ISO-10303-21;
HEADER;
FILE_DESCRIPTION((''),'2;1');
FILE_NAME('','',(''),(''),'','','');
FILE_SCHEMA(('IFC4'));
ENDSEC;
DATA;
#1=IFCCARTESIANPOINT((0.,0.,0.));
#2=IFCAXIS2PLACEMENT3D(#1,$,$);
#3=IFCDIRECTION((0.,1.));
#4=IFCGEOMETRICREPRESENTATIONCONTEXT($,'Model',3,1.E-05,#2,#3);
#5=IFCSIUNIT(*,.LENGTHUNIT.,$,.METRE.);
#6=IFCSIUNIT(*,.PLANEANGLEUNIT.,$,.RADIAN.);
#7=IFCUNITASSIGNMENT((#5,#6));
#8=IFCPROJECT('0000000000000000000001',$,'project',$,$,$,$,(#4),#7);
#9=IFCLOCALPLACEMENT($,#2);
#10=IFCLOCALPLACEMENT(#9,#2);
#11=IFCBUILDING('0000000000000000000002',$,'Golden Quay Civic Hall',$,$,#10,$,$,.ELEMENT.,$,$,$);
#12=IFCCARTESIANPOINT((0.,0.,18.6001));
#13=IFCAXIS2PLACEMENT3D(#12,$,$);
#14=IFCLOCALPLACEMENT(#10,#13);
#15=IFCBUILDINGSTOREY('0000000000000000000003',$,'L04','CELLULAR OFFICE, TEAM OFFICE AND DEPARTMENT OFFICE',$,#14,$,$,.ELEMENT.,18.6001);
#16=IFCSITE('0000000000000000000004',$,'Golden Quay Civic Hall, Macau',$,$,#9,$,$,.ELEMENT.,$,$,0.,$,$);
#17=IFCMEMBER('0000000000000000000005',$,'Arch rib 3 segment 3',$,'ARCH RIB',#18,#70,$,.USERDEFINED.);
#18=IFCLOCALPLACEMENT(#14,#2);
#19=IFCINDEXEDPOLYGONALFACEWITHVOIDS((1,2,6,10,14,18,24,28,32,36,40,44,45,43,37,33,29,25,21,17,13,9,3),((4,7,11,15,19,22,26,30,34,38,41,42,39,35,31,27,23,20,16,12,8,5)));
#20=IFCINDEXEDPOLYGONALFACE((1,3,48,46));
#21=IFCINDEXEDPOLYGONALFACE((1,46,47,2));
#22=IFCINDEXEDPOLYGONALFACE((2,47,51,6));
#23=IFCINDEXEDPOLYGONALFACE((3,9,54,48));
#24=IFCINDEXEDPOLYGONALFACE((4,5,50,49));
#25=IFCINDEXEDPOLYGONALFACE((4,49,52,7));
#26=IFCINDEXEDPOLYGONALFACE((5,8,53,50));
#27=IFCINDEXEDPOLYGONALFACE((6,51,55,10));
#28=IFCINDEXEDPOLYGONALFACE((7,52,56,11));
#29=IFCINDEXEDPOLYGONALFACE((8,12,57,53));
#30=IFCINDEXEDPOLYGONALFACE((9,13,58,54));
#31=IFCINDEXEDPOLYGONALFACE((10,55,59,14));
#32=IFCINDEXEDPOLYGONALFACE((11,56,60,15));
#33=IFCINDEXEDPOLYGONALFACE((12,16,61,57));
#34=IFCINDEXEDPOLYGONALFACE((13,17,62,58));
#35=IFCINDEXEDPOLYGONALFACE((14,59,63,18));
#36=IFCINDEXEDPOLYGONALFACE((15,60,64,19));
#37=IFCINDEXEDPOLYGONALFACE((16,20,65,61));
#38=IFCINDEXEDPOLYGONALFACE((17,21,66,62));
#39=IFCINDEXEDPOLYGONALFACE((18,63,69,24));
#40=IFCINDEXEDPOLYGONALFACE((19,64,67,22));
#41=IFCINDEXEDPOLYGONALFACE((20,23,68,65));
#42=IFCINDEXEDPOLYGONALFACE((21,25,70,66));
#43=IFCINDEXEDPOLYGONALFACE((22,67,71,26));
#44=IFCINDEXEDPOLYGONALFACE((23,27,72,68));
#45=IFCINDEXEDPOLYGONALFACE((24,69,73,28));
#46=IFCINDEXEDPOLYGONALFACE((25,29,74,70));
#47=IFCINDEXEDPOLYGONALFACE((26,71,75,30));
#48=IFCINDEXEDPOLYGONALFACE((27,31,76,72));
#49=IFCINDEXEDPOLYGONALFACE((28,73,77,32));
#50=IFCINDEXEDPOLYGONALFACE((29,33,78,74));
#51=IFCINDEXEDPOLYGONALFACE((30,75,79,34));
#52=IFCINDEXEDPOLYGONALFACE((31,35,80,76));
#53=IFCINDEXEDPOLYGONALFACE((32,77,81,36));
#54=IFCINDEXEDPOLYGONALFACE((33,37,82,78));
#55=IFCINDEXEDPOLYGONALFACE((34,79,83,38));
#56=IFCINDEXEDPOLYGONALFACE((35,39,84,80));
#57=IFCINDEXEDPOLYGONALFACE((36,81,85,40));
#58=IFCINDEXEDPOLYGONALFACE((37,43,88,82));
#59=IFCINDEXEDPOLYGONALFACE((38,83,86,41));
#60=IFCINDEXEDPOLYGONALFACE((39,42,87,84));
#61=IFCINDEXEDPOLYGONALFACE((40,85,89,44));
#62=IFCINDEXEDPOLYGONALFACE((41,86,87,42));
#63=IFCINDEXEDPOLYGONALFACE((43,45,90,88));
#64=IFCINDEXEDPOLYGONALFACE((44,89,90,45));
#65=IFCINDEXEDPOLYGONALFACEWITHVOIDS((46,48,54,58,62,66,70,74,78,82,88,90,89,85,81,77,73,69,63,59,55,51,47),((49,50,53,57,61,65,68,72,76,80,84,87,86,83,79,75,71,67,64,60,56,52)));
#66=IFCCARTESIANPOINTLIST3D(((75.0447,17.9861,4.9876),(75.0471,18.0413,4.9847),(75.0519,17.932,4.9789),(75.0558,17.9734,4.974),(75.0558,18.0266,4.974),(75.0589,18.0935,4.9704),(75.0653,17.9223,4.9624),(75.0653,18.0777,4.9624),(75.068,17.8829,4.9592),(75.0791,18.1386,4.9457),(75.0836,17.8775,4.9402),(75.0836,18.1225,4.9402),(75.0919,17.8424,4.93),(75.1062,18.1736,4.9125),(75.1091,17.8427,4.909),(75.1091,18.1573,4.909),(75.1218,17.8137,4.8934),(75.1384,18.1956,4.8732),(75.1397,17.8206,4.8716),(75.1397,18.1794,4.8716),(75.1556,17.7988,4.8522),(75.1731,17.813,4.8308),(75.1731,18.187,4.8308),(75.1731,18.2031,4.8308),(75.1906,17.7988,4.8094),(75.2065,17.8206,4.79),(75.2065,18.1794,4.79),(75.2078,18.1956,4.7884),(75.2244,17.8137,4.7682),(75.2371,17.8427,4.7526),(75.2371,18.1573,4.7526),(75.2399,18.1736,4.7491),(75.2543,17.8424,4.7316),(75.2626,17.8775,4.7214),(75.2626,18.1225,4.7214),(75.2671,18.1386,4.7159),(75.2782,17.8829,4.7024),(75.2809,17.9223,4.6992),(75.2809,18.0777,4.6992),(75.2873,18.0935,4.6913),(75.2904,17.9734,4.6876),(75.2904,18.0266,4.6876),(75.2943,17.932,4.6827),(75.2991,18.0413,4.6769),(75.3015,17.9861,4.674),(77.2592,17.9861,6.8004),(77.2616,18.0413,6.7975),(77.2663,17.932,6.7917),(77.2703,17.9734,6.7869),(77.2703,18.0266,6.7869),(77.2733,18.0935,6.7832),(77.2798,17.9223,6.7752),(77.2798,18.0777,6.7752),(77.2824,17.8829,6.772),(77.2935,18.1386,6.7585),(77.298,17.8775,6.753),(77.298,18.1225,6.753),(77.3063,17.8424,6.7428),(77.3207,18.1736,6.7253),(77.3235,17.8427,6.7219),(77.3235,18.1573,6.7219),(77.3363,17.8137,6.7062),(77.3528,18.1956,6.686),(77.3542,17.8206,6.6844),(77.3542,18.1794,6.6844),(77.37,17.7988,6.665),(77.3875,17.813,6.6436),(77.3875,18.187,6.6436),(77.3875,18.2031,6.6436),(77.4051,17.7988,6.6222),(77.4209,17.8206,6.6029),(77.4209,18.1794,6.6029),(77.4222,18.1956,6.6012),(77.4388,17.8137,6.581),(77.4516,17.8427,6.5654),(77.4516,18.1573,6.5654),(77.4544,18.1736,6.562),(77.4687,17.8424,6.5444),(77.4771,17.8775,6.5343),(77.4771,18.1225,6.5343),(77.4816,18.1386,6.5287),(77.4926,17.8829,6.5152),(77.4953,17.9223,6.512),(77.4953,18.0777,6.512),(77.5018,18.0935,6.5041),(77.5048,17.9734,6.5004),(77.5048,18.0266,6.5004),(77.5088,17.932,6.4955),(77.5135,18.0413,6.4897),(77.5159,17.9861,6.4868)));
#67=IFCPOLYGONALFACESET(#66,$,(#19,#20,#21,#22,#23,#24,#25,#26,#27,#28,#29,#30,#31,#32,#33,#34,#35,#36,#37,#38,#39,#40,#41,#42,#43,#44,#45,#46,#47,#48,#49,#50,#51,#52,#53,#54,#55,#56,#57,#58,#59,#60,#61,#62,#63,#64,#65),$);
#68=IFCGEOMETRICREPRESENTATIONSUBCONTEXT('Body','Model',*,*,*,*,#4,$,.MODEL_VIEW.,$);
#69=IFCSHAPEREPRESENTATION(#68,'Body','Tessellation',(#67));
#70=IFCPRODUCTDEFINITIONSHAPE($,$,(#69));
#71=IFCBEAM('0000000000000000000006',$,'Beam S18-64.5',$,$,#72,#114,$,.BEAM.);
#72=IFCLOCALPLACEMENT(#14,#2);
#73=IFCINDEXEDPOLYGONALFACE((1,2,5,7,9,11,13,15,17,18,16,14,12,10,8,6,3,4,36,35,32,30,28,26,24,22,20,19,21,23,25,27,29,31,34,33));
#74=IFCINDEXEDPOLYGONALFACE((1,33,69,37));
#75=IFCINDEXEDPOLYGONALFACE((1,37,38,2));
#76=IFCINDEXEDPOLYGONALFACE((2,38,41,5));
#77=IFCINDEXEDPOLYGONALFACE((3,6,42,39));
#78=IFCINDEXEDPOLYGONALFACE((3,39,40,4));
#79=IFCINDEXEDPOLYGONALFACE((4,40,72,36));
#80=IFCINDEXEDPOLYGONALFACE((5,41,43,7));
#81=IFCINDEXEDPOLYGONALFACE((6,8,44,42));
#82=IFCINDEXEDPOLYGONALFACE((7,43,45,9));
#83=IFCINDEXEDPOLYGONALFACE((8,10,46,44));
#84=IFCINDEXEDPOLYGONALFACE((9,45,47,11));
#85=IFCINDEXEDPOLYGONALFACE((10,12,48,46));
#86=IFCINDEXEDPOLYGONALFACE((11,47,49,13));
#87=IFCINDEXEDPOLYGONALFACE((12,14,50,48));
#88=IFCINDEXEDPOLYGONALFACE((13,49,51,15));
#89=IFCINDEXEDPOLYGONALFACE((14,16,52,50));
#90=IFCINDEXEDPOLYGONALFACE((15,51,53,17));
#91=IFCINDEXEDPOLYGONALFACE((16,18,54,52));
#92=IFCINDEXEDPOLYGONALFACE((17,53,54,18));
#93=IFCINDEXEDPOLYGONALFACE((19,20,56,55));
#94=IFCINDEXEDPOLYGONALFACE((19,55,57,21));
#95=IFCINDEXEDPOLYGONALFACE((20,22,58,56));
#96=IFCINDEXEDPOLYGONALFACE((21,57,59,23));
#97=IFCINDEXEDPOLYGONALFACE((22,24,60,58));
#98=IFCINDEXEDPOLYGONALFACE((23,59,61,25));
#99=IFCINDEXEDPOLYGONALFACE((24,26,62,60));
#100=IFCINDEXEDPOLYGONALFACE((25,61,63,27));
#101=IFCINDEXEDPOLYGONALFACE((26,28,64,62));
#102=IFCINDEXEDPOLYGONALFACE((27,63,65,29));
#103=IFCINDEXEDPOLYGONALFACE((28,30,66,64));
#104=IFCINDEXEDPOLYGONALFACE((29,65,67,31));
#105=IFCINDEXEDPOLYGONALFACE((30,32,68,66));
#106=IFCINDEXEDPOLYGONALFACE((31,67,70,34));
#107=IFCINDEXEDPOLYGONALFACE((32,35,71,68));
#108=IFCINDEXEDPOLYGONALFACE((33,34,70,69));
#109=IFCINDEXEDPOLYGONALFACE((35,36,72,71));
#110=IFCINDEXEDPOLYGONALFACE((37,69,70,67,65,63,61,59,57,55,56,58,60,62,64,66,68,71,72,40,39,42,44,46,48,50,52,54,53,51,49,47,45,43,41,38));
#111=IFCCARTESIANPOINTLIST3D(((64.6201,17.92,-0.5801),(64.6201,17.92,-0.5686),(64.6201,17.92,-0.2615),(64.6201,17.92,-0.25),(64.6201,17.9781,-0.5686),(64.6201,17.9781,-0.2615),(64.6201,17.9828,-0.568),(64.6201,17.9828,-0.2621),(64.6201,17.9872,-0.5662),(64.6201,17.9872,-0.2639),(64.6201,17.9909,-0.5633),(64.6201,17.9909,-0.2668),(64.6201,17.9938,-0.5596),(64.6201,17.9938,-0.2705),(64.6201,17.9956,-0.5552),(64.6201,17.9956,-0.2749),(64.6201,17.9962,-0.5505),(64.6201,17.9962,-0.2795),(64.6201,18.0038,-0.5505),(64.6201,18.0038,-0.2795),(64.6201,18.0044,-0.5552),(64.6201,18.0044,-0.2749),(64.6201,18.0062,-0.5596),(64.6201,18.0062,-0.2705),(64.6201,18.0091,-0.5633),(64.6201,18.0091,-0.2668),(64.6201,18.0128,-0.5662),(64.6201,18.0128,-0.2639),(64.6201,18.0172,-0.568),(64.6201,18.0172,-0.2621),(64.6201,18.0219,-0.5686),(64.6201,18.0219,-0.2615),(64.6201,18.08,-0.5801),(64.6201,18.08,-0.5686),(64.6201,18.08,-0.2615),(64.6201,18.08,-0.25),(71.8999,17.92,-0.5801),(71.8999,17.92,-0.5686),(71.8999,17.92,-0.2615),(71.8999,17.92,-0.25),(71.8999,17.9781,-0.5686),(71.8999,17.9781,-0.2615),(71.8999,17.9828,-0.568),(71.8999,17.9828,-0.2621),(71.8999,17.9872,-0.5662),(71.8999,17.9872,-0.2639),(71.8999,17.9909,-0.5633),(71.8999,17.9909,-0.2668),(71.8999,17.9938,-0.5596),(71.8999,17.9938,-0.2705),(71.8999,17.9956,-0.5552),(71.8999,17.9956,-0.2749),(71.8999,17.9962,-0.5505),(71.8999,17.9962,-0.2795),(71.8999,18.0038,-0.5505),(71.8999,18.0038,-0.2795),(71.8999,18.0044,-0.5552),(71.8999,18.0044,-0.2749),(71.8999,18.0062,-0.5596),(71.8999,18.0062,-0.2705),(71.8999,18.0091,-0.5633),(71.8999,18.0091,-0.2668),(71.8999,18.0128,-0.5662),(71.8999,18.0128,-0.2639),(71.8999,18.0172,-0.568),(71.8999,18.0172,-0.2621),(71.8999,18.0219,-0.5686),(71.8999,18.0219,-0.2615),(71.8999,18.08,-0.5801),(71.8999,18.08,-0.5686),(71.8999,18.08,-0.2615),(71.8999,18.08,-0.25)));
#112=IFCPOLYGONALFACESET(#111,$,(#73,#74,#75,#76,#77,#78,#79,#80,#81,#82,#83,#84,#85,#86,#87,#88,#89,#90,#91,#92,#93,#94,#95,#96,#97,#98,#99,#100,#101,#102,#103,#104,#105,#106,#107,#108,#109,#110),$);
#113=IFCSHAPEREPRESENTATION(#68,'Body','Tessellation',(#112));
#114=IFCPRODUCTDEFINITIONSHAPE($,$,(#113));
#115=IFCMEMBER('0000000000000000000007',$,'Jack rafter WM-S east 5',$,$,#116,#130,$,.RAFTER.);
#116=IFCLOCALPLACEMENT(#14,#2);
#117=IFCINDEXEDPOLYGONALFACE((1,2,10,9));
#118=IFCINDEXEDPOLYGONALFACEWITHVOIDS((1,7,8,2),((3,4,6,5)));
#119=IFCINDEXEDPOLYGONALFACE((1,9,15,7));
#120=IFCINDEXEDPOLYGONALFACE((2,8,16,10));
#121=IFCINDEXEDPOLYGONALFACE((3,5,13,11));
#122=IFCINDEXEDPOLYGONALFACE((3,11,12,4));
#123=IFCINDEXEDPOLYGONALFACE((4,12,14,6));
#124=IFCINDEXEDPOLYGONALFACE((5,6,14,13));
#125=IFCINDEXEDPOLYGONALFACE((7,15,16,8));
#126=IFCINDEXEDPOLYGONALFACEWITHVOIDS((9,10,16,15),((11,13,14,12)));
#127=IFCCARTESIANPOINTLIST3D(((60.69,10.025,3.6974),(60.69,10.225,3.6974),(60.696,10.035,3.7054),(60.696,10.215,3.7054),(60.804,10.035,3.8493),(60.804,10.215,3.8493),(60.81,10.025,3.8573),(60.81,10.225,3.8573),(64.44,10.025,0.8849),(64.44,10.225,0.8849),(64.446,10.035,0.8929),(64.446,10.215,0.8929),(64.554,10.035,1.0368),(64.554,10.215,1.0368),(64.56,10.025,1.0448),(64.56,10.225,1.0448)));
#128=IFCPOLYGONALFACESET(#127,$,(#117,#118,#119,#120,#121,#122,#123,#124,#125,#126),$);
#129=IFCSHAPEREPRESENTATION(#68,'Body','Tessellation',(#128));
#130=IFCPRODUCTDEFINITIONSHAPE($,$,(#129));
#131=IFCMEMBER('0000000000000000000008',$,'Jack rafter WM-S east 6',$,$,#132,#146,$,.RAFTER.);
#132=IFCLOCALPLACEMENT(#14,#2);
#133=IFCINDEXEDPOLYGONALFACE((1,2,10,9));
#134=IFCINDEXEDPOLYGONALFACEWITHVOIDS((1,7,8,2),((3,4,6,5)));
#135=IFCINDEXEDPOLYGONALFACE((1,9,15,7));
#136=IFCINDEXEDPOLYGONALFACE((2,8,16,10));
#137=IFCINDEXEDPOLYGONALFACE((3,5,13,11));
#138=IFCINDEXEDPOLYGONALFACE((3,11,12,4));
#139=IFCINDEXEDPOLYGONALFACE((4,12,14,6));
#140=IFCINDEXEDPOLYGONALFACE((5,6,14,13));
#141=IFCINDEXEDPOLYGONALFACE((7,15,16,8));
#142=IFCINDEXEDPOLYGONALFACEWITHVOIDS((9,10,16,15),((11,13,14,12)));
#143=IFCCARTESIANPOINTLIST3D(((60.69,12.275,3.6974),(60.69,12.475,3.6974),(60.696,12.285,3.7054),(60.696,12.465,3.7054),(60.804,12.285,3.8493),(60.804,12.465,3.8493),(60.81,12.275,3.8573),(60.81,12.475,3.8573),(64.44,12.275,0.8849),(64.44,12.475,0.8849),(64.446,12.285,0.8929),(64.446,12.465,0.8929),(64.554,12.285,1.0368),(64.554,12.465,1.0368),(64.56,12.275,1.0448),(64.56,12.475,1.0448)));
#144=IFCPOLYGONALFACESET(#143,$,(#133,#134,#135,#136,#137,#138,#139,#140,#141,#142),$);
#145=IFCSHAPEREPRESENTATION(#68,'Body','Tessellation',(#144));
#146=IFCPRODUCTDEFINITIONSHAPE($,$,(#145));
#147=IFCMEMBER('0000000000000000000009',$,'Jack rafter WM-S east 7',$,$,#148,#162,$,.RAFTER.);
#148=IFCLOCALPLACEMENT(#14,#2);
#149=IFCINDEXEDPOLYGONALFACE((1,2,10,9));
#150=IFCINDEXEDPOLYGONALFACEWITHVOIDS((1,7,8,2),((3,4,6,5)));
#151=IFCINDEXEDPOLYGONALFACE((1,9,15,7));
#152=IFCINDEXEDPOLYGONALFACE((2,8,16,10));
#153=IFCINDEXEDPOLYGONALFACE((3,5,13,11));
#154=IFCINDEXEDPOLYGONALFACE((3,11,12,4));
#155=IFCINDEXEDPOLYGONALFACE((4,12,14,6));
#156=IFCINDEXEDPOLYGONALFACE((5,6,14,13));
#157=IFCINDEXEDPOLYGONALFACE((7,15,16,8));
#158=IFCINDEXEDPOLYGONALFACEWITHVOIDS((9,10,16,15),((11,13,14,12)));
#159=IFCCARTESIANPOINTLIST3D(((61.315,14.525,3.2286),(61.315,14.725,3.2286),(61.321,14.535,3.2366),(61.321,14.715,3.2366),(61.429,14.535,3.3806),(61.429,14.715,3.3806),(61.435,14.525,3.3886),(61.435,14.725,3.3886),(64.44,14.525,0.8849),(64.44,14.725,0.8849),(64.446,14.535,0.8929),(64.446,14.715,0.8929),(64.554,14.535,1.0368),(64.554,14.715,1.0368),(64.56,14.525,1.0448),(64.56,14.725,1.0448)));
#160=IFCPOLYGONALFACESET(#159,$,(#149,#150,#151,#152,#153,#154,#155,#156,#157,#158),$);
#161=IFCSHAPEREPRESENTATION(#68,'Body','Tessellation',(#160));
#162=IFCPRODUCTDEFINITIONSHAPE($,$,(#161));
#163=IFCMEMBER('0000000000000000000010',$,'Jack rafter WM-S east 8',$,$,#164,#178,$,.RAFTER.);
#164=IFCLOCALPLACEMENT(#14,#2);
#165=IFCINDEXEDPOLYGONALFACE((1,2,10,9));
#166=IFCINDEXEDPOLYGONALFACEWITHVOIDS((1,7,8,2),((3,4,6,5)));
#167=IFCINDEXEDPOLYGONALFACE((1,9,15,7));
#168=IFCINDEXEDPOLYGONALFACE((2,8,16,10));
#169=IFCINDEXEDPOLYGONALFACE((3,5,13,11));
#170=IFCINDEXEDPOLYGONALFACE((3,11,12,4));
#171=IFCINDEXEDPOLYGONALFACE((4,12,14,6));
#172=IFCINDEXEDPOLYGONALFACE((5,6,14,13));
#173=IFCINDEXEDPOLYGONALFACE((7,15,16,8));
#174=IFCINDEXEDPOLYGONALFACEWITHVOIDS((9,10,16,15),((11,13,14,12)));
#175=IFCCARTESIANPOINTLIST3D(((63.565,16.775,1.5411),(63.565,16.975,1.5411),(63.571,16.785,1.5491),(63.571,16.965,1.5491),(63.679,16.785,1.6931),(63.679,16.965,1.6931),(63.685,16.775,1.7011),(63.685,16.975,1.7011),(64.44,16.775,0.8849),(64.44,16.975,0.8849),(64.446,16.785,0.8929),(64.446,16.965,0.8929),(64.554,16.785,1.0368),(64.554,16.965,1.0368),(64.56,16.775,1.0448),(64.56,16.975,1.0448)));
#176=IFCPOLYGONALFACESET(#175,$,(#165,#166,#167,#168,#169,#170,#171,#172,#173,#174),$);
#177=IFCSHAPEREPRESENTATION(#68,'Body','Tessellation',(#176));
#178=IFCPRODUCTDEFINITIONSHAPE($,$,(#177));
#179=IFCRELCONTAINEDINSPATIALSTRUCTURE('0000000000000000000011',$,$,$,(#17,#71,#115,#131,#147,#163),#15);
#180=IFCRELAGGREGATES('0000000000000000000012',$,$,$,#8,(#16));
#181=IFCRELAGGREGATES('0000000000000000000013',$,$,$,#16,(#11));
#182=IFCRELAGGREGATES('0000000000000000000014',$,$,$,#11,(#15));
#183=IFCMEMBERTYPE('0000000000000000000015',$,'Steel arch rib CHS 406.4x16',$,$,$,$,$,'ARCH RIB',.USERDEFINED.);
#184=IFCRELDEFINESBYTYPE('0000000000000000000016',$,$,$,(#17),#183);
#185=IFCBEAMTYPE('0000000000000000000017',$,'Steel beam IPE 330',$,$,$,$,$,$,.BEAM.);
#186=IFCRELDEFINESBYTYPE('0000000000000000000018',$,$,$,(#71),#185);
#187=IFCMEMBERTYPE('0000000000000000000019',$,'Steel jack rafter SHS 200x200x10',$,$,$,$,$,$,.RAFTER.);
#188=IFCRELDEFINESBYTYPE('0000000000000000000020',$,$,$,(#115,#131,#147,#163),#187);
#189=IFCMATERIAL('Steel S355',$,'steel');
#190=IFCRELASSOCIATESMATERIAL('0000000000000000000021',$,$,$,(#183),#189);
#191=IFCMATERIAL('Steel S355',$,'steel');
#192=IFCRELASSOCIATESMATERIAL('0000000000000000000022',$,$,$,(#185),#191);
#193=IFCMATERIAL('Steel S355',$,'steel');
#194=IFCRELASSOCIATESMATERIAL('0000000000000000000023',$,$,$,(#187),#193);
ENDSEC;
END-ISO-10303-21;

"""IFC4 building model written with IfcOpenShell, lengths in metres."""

from ifc_helpers import new_model, si_unit, direction, frame, origin, origin_2d, place, context, subcontext, project, spatial, hollow_rectangle, hollow_circle, i_section, extrude, material, material_profile, profile_set, type_object, element, save


model = new_model("IFC4")

# Units and contexts
model_context = context("Model", 3, precision=1e-05, world=origin(), true_north=direction((0.0, 1.0)))
body_context = subcontext(model_context, "Body", "Model", "MODEL_VIEW")
ifc_project = project(units=[si_unit("LENGTHUNIT", "METRE"), si_unit("PLANEANGLEUNIT", "RADIAN")], contexts=[model_context])

# Site, building, storey
site_placement = place(None, origin())
site = spatial("IfcSite", under=ifc_project, at=site_placement, Name="Golden Quay Civic Hall, Macau", CompositionType="ELEMENT", RefElevation=0.0)
building_placement = place(site_placement, origin())
building = spatial("IfcBuilding", under=site, at=building_placement, Name="Golden Quay Civic Hall", CompositionType="ELEMENT")
storey_placement = place(building_placement, frame((0.0, 0.0, 18.6001)))
storey = spatial("IfcBuildingStorey", under=building, at=storey_placement, Name="L04", Description="CELLULAR OFFICE, TEAM OFFICE AND DEPARTMENT OFFICE", CompositionType="ELEMENT", Elevation=18.6001)

# Member
ifc_material_1 = material(Name="Steel S355", Category="steel")
ifc_material_profile_1 = material_profile(ifc_material_1, hollow_circle(Radius=0.2031, WallThickness=0.0161, at=origin_2d()), Name="CHS 406.4x16")
ifc_profile_set_1 = profile_set([ifc_material_profile_1], Name="Steel S355")
member_type_1 = type_object("IfcMemberType", Name="Steel arch rib CHS 406.4x16", ElementType="ARCH RIB", PredefinedType="USERDEFINED", material=ifc_profile_set_1)
member_1_placement = place(storey_placement, frame((75.1731, 18.0, 4.8308), z_axis=(0.773786, 0.0, 0.633447), x_axis=(0.0, 1.0, 0.0)))
element("IfcMember", 1, at=member_1_placement, inside=storey, type_object=member_type_1, Name="Arch rib 3 segment 3", ObjectType="ARCH RIB", PredefinedType="USERDEFINED", context=body_context, shape_type="SweptSolid", body=[
    extrude(hollow_circle(Radius=0.2031, WallThickness=0.0161, at=origin_2d()), origin(), (0.0, 0.0, 1.0), 2.8618),
])

# Beam
ifc_material_2 = material(Name="Steel S355", Category="steel")
ifc_material_profile_2 = material_profile(ifc_material_2, i_section(OverallWidth=0.1599, OverallDepth=0.3301, WebThickness=0.0076, FlangeThickness=0.0115, FilletRadius=0.0181, at=origin_2d()), Name="IPE 330")
ifc_profile_set_2 = profile_set([ifc_material_profile_2], Name="Steel S355")
beam_type_1 = type_object("IfcBeamType", Name="Steel beam IPE 330", PredefinedType="BEAM", material=ifc_profile_set_2)
beam_1_placement = place(storey_placement, frame((64.6201, 18.0, -0.415), z_axis=(1.0, 0.0, 0.0), x_axis=(0.0, 1.0, 0.0)))
element("IfcBeam", 2, at=beam_1_placement, inside=storey, type_object=beam_type_1, Name="Beam S18-64.5", PredefinedType="BEAM", context=body_context, shape_type="SweptSolid", body=[
    extrude(i_section(OverallWidth=0.1599, OverallDepth=0.3301, WebThickness=0.0076, FlangeThickness=0.0115, FilletRadius=0.0181, at=origin_2d()), origin(), (0.0, 0.0, 1.0), 7.2798),
])

# Members
ifc_material_3 = material(Name="Steel S355", Category="steel")
ifc_material_profile_3 = material_profile(ifc_material_3, hollow_rectangle(XDim=0.2, YDim=0.2, WallThickness=0.01, at=origin_2d()), Name="SHS 200x200x10")
ifc_profile_set_3 = profile_set([ifc_material_profile_3], Name="Steel S355")
member_type_2 = type_object("IfcMemberType", Name="Steel jack rafter SHS 200x200x10", PredefinedType="RAFTER", material=ifc_profile_set_3)
for number, where, z_axis, x_axis, name in (
    (3, (64.5, 10.125, 0.9648), (-0.8, 0.0, 0.6), (0.0, -1.0, 0.0), "Jack rafter WM-S east 5"),
    (4, (64.5, 12.375, 0.9648), (-0.8, 0.0, 0.6), (0.0, -1.0, 0.0), "Jack rafter WM-S east 6"),
):
    element("IfcMember", number, at=place(storey_placement, frame(where, z_axis=z_axis, x_axis=x_axis)), inside=storey, type_object=member_type_2, Name=name, PredefinedType="RAFTER", context=body_context, shape_type="SweptSolid", body=[
        extrude(hollow_rectangle(XDim=0.2, YDim=0.2, WallThickness=0.01, at=origin_2d()), origin(), (0.0, 0.0, 1.0), 4.6875),
    ])
member_2_placement = place(storey_placement, frame((64.5, 14.625, 0.9648), z_axis=(-0.8, 0.0, 0.6), x_axis=(0.0, -1.0, 0.0)))
element("IfcMember", 5, at=member_2_placement, inside=storey, type_object=member_type_2, Name="Jack rafter WM-S east 7", PredefinedType="RAFTER", context=body_context, shape_type="SweptSolid", body=[
    extrude(hollow_rectangle(XDim=0.2, YDim=0.2, WallThickness=0.01, at=origin_2d()), origin(), (0.0, 0.0, 1.0), 3.9062),
])
member_3_placement = place(storey_placement, frame((64.5, 16.875, 0.9648), z_axis=(-0.8, 0.0, 0.6), x_axis=(0.0, -1.0, 0.0)))
element("IfcMember", 6, at=member_3_placement, inside=storey, type_object=member_type_2, Name="Jack rafter WM-S east 8", PredefinedType="RAFTER", context=body_context, shape_type="SweptSolid", body=[
    extrude(hollow_rectangle(XDim=0.2, YDim=0.2, WallThickness=0.01, at=origin_2d()), origin(), (0.0, 0.0, 1.0), 1.0938),
])

save(model, "model.ifc")
